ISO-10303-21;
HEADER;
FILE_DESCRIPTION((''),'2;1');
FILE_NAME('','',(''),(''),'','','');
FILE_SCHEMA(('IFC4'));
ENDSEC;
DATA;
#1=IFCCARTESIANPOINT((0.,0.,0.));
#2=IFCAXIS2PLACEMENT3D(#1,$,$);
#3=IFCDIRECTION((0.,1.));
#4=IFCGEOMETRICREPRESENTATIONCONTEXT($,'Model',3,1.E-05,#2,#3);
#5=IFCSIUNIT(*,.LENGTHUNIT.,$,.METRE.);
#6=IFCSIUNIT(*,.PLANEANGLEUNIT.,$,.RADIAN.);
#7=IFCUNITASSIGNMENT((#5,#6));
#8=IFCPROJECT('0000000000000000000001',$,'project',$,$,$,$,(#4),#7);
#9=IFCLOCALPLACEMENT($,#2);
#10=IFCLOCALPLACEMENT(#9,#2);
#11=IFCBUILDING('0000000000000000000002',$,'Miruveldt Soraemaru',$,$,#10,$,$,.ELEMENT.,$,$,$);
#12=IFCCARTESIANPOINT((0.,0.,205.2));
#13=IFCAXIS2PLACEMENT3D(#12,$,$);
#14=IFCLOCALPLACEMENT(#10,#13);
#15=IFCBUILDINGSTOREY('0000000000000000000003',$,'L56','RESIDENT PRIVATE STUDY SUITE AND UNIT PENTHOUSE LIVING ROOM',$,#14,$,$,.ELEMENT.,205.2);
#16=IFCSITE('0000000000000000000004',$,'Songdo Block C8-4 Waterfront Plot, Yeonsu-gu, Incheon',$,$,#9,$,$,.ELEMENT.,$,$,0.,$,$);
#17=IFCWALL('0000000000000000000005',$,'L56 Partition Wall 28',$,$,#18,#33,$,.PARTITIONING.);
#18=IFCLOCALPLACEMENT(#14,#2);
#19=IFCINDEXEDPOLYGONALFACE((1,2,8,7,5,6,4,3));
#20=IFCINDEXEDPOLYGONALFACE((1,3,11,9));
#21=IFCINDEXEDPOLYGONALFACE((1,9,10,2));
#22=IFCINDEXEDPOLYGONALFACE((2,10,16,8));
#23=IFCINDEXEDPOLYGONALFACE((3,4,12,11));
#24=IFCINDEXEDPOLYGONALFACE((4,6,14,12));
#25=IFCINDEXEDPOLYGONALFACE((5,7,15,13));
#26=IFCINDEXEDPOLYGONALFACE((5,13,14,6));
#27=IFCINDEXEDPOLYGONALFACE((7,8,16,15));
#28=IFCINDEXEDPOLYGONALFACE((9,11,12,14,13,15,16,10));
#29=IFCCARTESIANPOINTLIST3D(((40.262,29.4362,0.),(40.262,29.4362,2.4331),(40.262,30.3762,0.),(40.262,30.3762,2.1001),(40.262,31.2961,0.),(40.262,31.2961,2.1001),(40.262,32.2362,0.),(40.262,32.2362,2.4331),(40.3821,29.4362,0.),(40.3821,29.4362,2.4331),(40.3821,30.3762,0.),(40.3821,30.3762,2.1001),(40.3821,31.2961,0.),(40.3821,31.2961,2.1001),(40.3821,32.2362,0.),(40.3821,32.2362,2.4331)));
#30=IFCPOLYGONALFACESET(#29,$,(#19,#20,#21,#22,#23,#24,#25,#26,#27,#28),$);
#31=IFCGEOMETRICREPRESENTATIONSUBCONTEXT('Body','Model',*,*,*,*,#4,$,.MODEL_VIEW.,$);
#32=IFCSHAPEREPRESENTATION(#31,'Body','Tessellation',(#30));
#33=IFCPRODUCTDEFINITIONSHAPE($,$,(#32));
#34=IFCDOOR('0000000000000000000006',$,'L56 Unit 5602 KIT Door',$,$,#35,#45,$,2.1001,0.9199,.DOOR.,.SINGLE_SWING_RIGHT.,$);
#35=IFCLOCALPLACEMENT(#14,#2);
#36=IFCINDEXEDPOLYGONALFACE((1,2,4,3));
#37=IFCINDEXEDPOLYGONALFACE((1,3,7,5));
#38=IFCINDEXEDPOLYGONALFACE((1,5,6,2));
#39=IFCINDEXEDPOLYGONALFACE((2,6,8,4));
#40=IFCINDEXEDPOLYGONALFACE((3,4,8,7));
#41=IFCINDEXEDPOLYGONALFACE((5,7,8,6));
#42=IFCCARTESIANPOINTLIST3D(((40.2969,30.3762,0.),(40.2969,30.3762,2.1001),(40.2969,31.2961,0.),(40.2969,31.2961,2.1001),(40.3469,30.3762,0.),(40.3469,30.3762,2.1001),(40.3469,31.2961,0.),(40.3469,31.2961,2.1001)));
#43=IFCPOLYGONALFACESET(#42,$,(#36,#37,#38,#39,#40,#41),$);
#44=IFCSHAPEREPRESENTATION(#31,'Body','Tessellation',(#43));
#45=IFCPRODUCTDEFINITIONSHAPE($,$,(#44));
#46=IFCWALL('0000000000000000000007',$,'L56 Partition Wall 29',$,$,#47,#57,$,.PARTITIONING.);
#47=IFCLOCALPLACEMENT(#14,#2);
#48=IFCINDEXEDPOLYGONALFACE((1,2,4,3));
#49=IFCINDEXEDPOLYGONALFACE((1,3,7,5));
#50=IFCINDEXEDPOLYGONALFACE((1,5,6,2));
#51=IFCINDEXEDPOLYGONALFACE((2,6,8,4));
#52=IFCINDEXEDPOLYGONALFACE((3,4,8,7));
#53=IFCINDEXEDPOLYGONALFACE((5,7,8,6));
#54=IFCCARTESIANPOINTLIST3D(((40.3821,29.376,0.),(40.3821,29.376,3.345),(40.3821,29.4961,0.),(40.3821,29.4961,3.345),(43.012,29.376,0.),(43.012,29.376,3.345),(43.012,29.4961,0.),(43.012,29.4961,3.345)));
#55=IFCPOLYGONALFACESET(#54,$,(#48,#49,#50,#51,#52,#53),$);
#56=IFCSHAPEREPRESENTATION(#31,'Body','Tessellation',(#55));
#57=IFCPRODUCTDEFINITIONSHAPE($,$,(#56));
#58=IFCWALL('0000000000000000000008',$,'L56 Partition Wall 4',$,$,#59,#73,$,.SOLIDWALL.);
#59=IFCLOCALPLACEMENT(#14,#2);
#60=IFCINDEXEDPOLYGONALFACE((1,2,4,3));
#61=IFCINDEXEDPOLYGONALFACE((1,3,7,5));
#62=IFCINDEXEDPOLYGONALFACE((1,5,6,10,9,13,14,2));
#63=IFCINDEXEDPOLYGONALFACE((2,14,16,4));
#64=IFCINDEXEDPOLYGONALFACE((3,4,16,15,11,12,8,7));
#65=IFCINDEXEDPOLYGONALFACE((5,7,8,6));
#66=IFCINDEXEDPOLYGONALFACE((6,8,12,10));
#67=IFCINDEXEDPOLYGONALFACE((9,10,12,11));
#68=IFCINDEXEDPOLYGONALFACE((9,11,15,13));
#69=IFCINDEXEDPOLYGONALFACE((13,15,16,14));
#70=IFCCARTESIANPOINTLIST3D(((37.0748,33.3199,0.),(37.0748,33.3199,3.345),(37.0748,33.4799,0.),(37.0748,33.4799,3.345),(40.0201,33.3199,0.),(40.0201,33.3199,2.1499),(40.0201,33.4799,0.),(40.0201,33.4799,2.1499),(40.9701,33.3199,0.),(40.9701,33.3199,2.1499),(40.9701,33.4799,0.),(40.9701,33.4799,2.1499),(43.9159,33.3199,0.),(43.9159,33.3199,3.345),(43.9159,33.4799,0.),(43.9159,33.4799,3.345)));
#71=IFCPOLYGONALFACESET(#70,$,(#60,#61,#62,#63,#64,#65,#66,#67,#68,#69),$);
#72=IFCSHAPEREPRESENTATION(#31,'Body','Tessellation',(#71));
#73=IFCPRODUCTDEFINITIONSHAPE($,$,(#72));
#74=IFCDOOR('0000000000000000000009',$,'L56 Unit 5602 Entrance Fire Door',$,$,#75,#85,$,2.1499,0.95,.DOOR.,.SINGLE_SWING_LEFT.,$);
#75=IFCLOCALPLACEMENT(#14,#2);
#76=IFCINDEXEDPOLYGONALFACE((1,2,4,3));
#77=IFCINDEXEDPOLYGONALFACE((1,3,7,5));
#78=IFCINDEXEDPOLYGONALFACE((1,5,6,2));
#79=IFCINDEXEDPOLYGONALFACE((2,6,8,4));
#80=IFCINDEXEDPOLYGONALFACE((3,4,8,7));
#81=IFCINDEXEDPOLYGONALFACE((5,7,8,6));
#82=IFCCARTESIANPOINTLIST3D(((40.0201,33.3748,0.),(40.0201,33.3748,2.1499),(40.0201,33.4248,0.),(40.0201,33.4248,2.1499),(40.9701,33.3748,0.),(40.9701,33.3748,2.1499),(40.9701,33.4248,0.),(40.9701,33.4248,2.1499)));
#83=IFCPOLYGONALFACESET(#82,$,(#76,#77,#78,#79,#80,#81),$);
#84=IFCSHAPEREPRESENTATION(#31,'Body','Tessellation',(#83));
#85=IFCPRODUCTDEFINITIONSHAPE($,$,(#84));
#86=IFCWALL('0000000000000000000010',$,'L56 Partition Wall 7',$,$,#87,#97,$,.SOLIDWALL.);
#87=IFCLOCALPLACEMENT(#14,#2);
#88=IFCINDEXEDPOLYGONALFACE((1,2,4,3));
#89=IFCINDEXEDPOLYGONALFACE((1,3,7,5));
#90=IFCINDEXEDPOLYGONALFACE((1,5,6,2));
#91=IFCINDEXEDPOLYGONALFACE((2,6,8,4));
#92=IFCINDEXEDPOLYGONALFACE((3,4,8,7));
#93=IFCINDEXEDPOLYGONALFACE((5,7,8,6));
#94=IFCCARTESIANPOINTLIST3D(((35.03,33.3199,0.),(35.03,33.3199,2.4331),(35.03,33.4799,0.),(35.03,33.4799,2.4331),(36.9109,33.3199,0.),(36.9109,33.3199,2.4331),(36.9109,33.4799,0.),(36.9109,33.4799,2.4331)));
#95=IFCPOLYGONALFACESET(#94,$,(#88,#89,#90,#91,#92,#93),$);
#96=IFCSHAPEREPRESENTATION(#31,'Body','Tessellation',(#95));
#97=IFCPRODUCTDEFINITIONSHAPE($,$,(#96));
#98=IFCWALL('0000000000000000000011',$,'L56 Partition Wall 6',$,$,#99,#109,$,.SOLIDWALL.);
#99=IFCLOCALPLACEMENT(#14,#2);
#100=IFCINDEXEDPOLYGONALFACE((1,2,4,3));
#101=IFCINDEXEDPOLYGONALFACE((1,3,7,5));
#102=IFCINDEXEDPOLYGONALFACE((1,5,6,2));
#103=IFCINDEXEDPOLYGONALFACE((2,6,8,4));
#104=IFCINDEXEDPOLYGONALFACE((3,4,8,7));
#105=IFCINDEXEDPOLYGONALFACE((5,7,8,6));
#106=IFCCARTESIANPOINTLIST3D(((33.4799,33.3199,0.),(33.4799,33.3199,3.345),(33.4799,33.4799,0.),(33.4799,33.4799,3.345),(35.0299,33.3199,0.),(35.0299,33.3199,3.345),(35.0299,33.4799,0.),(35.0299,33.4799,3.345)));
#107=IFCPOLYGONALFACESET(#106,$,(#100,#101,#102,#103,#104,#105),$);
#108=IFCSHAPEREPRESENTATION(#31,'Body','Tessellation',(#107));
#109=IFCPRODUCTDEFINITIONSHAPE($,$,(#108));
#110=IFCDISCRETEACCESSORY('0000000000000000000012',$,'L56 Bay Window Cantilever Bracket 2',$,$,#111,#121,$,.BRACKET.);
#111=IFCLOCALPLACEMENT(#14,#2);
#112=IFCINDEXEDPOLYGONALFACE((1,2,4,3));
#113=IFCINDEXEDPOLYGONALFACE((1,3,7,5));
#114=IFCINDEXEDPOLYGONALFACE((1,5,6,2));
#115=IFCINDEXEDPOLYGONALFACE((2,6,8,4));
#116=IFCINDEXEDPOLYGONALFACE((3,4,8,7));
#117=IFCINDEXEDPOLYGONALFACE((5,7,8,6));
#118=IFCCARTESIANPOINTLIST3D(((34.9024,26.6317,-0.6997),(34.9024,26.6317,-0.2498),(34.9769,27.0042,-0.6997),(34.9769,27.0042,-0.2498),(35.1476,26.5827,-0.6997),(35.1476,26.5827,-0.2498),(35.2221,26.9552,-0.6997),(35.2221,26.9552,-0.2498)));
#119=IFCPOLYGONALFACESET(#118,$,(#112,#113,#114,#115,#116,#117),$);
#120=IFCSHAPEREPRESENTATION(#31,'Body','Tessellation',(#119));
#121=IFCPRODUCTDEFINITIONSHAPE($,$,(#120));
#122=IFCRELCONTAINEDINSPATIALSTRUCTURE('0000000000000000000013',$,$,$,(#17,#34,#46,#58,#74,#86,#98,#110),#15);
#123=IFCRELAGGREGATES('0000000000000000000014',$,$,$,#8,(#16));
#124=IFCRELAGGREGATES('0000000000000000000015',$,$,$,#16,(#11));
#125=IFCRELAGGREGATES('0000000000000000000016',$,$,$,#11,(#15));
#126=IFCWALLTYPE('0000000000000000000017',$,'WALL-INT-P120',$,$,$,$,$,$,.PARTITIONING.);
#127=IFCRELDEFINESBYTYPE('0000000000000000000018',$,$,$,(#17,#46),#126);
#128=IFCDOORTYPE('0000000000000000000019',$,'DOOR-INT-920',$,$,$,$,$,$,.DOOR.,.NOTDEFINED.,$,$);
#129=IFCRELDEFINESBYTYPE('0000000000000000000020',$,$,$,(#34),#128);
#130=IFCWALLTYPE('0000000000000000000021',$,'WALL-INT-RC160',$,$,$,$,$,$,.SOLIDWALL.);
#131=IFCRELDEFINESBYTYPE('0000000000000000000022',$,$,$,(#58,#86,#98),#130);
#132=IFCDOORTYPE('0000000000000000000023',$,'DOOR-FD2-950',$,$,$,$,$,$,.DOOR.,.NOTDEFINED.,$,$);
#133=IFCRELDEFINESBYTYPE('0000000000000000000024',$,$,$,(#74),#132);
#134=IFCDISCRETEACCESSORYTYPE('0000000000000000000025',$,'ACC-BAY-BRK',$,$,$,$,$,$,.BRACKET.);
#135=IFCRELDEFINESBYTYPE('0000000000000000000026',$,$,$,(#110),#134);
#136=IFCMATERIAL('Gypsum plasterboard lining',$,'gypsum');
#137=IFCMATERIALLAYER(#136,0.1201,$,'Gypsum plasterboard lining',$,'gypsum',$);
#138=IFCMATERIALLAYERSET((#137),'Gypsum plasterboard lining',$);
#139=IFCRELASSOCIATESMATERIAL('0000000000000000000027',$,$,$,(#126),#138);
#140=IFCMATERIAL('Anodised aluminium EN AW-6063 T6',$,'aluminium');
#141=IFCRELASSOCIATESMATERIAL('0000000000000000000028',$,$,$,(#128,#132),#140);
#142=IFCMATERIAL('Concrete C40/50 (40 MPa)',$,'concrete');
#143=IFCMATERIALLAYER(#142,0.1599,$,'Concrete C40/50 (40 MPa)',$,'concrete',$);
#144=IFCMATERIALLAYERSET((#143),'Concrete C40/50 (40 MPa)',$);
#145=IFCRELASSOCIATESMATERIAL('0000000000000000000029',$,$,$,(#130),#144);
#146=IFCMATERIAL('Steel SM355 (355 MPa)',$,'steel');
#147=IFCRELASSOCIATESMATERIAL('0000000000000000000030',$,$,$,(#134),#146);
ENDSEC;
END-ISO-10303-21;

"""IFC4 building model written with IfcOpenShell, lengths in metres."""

from ifc_helpers import new_model, si_unit, direction, frame, frame_2d, origin, origin_2d, place, context, subcontext, project, spatial, rectangle, extrude, material, layer, layer_set, type_object, element, fill, save


model = new_model("IFC4")

# Units and contexts
model_context = context("Model", 3, precision=1e-05, world=origin(), true_north=direction((0.0, 1.0)))
body_context = subcontext(model_context, "Body", "Model", "MODEL_VIEW")
ifc_project = project(units=[si_unit("LENGTHUNIT", "METRE"), si_unit("PLANEANGLEUNIT", "RADIAN")], contexts=[model_context])

# Site, building, storey
site_placement = place(None, origin())
site = spatial("IfcSite", under=ifc_project, at=site_placement, Name="Songdo Block C8-4 Waterfront Plot, Yeonsu-gu, Incheon", CompositionType="ELEMENT", RefElevation=0.0)
building_placement = place(site_placement, origin())
building = spatial("IfcBuilding", under=site, at=building_placement, Name="Miruveldt Soraemaru", CompositionType="ELEMENT")
storey_placement = place(building_placement, frame((0.0, 0.0, 205.2)))
storey = spatial("IfcBuildingStorey", under=building, at=storey_placement, Name="L56", Description="RESIDENT PRIVATE STUDY SUITE AND UNIT PENTHOUSE LIVING ROOM", CompositionType="ELEMENT", Elevation=205.2)

# Wall, opening, door
ifc_material_1 = material(Name="Gypsum plasterboard lining", Category="gypsum")
ifc_layer_1 = layer(ifc_material_1, 0.1201, Name="Gypsum plasterboard lining", Category="gypsum")
ifc_layer_set_1 = layer_set([ifc_layer_1], Name="Gypsum plasterboard lining")
wall_type_1 = type_object("IfcWallType", Name="WALL-INT-P120", PredefinedType="PARTITIONING", material=ifc_layer_set_1)
ifc_material_2 = material(Name="Anodised aluminium EN AW-6063 T6", Category="aluminium")
door_type_1 = type_object("IfcDoorType", Name="DOOR-INT-920", OperationType="NOTDEFINED", PredefinedType="DOOR", material=ifc_material_2)
wall_1_placement = place(storey_placement, frame((40.322, 32.2361, 0.0), z_axis=(0.0, 0.0, 1.0), x_axis=(0.0, -1.0, 0.0)))
wall_1 = element("IfcWall", 1, at=wall_1_placement, inside=storey, type_object=wall_type_1, Name="L56 Partition Wall 28", PredefinedType="PARTITIONING", context=body_context, shape_type="SweptSolid", body=[
    extrude(rectangle(XDim=2.8, YDim=0.1201, at=frame_2d((1.3999, 0.0))), origin(), (0.0, 0.0, 1.0), 2.4331),
])
opening_1_placement = place(wall_1_placement, frame((0.9399, 0.0, 0.0)))
opening_1 = element("IfcOpeningElement", 2, at=opening_1_placement, cuts=wall_1, PredefinedType="OPENING", context=body_context, shape_type="SweptSolid", body=[
    extrude(rectangle(XDim=0.9199, YDim=2.1001, at=frame_2d((0.46, 1.05))), frame((0.0, 0.0701, 0.0), z_axis=(0.0, -1.0, 0.0), x_axis=(1.0, 0.0, 0.0)), (0.0, 0.0, 1.0), 0.1401),
])
door_1_placement = place(opening_1_placement, origin())
door_1 = element("IfcDoor", 3, at=door_1_placement, inside=storey, type_object=door_type_1, Name="L56 Unit 5602 KIT Door", OperationType="SINGLE_SWING_RIGHT", OverallHeight=2.1001, OverallWidth=0.9199, PredefinedType="DOOR", context=body_context, shape_type="SweptSolid", body=[
    extrude(rectangle(XDim=0.9199, YDim=2.1001, at=frame_2d((0.46, 1.05))), frame((0.0, 0.0249, 0.0), z_axis=(0.0, -1.0, 0.0), x_axis=(1.0, 0.0, 0.0)), (0.0, 0.0, 1.0), 0.05),
])
fill(opening_1, door_1)

# Wall
wall_2_placement = place(storey_placement, frame((40.3821, 29.436, 0.0), z_axis=(0.0, 0.0, 1.0), x_axis=(1.0, 0.0, 0.0)))
element("IfcWall", 4, at=wall_2_placement, inside=storey, type_object=wall_type_1, Name="L56 Partition Wall 29", PredefinedType="PARTITIONING", context=body_context, shape_type="SweptSolid", body=[
    extrude(rectangle(XDim=2.6299, YDim=0.1201, at=frame_2d((1.3149, 0.0))), origin(), (0.0, 0.0, 1.0), 3.345),
])

# Wall, opening, door
ifc_material_3 = material(Name="Concrete C40/50 (40 MPa)", Category="concrete")
ifc_layer_2 = layer(ifc_material_3, 0.1599, Name="Concrete C40/50 (40 MPa)", Category="concrete")
ifc_layer_set_2 = layer_set([ifc_layer_2], Name="Concrete C40/50 (40 MPa)")
wall_type_2 = type_object("IfcWallType", Name="WALL-INT-RC160", PredefinedType="SOLIDWALL", material=ifc_layer_set_2)
wall_3_placement = place(storey_placement, frame((37.075, 33.3999, 0.0), z_axis=(0.0, 0.0, 1.0), x_axis=(1.0, 0.0, 0.0)))
wall_3 = element("IfcWall", 5, at=wall_3_placement, inside=storey, type_object=wall_type_2, Name="L56 Partition Wall 4", PredefinedType="SOLIDWALL", context=body_context, shape_type="SweptSolid", body=[
    extrude(rectangle(XDim=6.8411, YDim=0.1599, at=frame_2d((3.4204, 0.0))), origin(), (0.0, 0.0, 1.0), 3.345),
])
opening_2_placement = place(wall_3_placement, frame((2.9451, 0.0, 0.0)))
opening_2 = element("IfcOpeningElement", 6, at=opening_2_placement, cuts=wall_3, PredefinedType="OPENING", context=body_context, shape_type="SweptSolid", body=[
    extrude(rectangle(XDim=0.95, YDim=2.1499, at=frame_2d((0.4751, 1.075))), frame((0.0, 0.0898, 0.0), z_axis=(0.0, -1.0, 0.0), x_axis=(1.0, 0.0, 0.0)), (0.0, 0.0, 1.0), 0.1799),
])
door_type_2 = type_object("IfcDoorType", Name="DOOR-FD2-950", OperationType="NOTDEFINED", PredefinedType="DOOR", material=ifc_material_2)
door_2_placement = place(opening_2_placement, origin())
door_2 = element("IfcDoor", 7, at=door_2_placement, inside=storey, type_object=door_type_2, Name="L56 Unit 5602 Entrance Fire Door", OperationType="SINGLE_SWING_LEFT", OverallHeight=2.1499, OverallWidth=0.95, PredefinedType="DOOR", context=body_context, shape_type="SweptSolid", body=[
    extrude(rectangle(XDim=0.95, YDim=2.1499, at=frame_2d((0.4751, 1.075))), frame((0.0, 0.0249, 0.0), z_axis=(0.0, -1.0, 0.0), x_axis=(1.0, 0.0, 0.0)), (0.0, 0.0, 1.0), 0.05),
])
fill(opening_2, door_2)

# Walls
wall_4_placement = place(storey_placement, frame((35.03, 33.3999, 0.0), z_axis=(0.0, 0.0, 1.0), x_axis=(1.0, 0.0, 0.0)))
element("IfcWall", 8, at=wall_4_placement, inside=storey, type_object=wall_type_2, Name="L56 Partition Wall 7", PredefinedType="SOLIDWALL", context=body_context, shape_type="SweptSolid", body=[
    extrude(rectangle(XDim=1.8809, YDim=0.1599, at=frame_2d((0.9404, 0.0))), origin(), (0.0, 0.0, 1.0), 2.4331),
])
wall_5_placement = place(storey_placement, frame((33.48, 33.3999, 0.0), z_axis=(0.0, 0.0, 1.0), x_axis=(1.0, 0.0, 0.0)))
element("IfcWall", 9, at=wall_5_placement, inside=storey, type_object=wall_type_2, Name="L56 Partition Wall 6", PredefinedType="SOLIDWALL", context=body_context, shape_type="SweptSolid", body=[
    extrude(rectangle(XDim=1.55, YDim=0.1599, at=frame_2d((0.7749, 0.0))), origin(), (0.0, 0.0, 1.0), 3.345),
])

# Discrete accessory
ifc_material_4 = material(Name="Steel SM355 (355 MPa)", Category="steel")
discrete_accessory_type = type_object("IfcDiscreteAccessoryType", Name="ACC-BAY-BRK", PredefinedType="BRACKET", material=ifc_material_4)
discrete_accessory_placement = place(storey_placement, frame((35.0623, 26.7935, -0.6997), z_axis=(0.0, 0.0, 1.0), x_axis=(-0.196117, -0.98058, 0.0)))
element("IfcDiscreteAccessory", 10, at=discrete_accessory_placement, inside=storey, type_object=discrete_accessory_type, Name="L56 Bay Window Cantilever Bracket 2", PredefinedType="BRACKET", context=body_context, shape_type="SweptSolid", body=[
    extrude(rectangle(XDim=0.3799, YDim=0.25, at=origin_2d()), origin(), (0.0, 0.0, 1.0), 0.45),
])

save(model, "model.ifc")
